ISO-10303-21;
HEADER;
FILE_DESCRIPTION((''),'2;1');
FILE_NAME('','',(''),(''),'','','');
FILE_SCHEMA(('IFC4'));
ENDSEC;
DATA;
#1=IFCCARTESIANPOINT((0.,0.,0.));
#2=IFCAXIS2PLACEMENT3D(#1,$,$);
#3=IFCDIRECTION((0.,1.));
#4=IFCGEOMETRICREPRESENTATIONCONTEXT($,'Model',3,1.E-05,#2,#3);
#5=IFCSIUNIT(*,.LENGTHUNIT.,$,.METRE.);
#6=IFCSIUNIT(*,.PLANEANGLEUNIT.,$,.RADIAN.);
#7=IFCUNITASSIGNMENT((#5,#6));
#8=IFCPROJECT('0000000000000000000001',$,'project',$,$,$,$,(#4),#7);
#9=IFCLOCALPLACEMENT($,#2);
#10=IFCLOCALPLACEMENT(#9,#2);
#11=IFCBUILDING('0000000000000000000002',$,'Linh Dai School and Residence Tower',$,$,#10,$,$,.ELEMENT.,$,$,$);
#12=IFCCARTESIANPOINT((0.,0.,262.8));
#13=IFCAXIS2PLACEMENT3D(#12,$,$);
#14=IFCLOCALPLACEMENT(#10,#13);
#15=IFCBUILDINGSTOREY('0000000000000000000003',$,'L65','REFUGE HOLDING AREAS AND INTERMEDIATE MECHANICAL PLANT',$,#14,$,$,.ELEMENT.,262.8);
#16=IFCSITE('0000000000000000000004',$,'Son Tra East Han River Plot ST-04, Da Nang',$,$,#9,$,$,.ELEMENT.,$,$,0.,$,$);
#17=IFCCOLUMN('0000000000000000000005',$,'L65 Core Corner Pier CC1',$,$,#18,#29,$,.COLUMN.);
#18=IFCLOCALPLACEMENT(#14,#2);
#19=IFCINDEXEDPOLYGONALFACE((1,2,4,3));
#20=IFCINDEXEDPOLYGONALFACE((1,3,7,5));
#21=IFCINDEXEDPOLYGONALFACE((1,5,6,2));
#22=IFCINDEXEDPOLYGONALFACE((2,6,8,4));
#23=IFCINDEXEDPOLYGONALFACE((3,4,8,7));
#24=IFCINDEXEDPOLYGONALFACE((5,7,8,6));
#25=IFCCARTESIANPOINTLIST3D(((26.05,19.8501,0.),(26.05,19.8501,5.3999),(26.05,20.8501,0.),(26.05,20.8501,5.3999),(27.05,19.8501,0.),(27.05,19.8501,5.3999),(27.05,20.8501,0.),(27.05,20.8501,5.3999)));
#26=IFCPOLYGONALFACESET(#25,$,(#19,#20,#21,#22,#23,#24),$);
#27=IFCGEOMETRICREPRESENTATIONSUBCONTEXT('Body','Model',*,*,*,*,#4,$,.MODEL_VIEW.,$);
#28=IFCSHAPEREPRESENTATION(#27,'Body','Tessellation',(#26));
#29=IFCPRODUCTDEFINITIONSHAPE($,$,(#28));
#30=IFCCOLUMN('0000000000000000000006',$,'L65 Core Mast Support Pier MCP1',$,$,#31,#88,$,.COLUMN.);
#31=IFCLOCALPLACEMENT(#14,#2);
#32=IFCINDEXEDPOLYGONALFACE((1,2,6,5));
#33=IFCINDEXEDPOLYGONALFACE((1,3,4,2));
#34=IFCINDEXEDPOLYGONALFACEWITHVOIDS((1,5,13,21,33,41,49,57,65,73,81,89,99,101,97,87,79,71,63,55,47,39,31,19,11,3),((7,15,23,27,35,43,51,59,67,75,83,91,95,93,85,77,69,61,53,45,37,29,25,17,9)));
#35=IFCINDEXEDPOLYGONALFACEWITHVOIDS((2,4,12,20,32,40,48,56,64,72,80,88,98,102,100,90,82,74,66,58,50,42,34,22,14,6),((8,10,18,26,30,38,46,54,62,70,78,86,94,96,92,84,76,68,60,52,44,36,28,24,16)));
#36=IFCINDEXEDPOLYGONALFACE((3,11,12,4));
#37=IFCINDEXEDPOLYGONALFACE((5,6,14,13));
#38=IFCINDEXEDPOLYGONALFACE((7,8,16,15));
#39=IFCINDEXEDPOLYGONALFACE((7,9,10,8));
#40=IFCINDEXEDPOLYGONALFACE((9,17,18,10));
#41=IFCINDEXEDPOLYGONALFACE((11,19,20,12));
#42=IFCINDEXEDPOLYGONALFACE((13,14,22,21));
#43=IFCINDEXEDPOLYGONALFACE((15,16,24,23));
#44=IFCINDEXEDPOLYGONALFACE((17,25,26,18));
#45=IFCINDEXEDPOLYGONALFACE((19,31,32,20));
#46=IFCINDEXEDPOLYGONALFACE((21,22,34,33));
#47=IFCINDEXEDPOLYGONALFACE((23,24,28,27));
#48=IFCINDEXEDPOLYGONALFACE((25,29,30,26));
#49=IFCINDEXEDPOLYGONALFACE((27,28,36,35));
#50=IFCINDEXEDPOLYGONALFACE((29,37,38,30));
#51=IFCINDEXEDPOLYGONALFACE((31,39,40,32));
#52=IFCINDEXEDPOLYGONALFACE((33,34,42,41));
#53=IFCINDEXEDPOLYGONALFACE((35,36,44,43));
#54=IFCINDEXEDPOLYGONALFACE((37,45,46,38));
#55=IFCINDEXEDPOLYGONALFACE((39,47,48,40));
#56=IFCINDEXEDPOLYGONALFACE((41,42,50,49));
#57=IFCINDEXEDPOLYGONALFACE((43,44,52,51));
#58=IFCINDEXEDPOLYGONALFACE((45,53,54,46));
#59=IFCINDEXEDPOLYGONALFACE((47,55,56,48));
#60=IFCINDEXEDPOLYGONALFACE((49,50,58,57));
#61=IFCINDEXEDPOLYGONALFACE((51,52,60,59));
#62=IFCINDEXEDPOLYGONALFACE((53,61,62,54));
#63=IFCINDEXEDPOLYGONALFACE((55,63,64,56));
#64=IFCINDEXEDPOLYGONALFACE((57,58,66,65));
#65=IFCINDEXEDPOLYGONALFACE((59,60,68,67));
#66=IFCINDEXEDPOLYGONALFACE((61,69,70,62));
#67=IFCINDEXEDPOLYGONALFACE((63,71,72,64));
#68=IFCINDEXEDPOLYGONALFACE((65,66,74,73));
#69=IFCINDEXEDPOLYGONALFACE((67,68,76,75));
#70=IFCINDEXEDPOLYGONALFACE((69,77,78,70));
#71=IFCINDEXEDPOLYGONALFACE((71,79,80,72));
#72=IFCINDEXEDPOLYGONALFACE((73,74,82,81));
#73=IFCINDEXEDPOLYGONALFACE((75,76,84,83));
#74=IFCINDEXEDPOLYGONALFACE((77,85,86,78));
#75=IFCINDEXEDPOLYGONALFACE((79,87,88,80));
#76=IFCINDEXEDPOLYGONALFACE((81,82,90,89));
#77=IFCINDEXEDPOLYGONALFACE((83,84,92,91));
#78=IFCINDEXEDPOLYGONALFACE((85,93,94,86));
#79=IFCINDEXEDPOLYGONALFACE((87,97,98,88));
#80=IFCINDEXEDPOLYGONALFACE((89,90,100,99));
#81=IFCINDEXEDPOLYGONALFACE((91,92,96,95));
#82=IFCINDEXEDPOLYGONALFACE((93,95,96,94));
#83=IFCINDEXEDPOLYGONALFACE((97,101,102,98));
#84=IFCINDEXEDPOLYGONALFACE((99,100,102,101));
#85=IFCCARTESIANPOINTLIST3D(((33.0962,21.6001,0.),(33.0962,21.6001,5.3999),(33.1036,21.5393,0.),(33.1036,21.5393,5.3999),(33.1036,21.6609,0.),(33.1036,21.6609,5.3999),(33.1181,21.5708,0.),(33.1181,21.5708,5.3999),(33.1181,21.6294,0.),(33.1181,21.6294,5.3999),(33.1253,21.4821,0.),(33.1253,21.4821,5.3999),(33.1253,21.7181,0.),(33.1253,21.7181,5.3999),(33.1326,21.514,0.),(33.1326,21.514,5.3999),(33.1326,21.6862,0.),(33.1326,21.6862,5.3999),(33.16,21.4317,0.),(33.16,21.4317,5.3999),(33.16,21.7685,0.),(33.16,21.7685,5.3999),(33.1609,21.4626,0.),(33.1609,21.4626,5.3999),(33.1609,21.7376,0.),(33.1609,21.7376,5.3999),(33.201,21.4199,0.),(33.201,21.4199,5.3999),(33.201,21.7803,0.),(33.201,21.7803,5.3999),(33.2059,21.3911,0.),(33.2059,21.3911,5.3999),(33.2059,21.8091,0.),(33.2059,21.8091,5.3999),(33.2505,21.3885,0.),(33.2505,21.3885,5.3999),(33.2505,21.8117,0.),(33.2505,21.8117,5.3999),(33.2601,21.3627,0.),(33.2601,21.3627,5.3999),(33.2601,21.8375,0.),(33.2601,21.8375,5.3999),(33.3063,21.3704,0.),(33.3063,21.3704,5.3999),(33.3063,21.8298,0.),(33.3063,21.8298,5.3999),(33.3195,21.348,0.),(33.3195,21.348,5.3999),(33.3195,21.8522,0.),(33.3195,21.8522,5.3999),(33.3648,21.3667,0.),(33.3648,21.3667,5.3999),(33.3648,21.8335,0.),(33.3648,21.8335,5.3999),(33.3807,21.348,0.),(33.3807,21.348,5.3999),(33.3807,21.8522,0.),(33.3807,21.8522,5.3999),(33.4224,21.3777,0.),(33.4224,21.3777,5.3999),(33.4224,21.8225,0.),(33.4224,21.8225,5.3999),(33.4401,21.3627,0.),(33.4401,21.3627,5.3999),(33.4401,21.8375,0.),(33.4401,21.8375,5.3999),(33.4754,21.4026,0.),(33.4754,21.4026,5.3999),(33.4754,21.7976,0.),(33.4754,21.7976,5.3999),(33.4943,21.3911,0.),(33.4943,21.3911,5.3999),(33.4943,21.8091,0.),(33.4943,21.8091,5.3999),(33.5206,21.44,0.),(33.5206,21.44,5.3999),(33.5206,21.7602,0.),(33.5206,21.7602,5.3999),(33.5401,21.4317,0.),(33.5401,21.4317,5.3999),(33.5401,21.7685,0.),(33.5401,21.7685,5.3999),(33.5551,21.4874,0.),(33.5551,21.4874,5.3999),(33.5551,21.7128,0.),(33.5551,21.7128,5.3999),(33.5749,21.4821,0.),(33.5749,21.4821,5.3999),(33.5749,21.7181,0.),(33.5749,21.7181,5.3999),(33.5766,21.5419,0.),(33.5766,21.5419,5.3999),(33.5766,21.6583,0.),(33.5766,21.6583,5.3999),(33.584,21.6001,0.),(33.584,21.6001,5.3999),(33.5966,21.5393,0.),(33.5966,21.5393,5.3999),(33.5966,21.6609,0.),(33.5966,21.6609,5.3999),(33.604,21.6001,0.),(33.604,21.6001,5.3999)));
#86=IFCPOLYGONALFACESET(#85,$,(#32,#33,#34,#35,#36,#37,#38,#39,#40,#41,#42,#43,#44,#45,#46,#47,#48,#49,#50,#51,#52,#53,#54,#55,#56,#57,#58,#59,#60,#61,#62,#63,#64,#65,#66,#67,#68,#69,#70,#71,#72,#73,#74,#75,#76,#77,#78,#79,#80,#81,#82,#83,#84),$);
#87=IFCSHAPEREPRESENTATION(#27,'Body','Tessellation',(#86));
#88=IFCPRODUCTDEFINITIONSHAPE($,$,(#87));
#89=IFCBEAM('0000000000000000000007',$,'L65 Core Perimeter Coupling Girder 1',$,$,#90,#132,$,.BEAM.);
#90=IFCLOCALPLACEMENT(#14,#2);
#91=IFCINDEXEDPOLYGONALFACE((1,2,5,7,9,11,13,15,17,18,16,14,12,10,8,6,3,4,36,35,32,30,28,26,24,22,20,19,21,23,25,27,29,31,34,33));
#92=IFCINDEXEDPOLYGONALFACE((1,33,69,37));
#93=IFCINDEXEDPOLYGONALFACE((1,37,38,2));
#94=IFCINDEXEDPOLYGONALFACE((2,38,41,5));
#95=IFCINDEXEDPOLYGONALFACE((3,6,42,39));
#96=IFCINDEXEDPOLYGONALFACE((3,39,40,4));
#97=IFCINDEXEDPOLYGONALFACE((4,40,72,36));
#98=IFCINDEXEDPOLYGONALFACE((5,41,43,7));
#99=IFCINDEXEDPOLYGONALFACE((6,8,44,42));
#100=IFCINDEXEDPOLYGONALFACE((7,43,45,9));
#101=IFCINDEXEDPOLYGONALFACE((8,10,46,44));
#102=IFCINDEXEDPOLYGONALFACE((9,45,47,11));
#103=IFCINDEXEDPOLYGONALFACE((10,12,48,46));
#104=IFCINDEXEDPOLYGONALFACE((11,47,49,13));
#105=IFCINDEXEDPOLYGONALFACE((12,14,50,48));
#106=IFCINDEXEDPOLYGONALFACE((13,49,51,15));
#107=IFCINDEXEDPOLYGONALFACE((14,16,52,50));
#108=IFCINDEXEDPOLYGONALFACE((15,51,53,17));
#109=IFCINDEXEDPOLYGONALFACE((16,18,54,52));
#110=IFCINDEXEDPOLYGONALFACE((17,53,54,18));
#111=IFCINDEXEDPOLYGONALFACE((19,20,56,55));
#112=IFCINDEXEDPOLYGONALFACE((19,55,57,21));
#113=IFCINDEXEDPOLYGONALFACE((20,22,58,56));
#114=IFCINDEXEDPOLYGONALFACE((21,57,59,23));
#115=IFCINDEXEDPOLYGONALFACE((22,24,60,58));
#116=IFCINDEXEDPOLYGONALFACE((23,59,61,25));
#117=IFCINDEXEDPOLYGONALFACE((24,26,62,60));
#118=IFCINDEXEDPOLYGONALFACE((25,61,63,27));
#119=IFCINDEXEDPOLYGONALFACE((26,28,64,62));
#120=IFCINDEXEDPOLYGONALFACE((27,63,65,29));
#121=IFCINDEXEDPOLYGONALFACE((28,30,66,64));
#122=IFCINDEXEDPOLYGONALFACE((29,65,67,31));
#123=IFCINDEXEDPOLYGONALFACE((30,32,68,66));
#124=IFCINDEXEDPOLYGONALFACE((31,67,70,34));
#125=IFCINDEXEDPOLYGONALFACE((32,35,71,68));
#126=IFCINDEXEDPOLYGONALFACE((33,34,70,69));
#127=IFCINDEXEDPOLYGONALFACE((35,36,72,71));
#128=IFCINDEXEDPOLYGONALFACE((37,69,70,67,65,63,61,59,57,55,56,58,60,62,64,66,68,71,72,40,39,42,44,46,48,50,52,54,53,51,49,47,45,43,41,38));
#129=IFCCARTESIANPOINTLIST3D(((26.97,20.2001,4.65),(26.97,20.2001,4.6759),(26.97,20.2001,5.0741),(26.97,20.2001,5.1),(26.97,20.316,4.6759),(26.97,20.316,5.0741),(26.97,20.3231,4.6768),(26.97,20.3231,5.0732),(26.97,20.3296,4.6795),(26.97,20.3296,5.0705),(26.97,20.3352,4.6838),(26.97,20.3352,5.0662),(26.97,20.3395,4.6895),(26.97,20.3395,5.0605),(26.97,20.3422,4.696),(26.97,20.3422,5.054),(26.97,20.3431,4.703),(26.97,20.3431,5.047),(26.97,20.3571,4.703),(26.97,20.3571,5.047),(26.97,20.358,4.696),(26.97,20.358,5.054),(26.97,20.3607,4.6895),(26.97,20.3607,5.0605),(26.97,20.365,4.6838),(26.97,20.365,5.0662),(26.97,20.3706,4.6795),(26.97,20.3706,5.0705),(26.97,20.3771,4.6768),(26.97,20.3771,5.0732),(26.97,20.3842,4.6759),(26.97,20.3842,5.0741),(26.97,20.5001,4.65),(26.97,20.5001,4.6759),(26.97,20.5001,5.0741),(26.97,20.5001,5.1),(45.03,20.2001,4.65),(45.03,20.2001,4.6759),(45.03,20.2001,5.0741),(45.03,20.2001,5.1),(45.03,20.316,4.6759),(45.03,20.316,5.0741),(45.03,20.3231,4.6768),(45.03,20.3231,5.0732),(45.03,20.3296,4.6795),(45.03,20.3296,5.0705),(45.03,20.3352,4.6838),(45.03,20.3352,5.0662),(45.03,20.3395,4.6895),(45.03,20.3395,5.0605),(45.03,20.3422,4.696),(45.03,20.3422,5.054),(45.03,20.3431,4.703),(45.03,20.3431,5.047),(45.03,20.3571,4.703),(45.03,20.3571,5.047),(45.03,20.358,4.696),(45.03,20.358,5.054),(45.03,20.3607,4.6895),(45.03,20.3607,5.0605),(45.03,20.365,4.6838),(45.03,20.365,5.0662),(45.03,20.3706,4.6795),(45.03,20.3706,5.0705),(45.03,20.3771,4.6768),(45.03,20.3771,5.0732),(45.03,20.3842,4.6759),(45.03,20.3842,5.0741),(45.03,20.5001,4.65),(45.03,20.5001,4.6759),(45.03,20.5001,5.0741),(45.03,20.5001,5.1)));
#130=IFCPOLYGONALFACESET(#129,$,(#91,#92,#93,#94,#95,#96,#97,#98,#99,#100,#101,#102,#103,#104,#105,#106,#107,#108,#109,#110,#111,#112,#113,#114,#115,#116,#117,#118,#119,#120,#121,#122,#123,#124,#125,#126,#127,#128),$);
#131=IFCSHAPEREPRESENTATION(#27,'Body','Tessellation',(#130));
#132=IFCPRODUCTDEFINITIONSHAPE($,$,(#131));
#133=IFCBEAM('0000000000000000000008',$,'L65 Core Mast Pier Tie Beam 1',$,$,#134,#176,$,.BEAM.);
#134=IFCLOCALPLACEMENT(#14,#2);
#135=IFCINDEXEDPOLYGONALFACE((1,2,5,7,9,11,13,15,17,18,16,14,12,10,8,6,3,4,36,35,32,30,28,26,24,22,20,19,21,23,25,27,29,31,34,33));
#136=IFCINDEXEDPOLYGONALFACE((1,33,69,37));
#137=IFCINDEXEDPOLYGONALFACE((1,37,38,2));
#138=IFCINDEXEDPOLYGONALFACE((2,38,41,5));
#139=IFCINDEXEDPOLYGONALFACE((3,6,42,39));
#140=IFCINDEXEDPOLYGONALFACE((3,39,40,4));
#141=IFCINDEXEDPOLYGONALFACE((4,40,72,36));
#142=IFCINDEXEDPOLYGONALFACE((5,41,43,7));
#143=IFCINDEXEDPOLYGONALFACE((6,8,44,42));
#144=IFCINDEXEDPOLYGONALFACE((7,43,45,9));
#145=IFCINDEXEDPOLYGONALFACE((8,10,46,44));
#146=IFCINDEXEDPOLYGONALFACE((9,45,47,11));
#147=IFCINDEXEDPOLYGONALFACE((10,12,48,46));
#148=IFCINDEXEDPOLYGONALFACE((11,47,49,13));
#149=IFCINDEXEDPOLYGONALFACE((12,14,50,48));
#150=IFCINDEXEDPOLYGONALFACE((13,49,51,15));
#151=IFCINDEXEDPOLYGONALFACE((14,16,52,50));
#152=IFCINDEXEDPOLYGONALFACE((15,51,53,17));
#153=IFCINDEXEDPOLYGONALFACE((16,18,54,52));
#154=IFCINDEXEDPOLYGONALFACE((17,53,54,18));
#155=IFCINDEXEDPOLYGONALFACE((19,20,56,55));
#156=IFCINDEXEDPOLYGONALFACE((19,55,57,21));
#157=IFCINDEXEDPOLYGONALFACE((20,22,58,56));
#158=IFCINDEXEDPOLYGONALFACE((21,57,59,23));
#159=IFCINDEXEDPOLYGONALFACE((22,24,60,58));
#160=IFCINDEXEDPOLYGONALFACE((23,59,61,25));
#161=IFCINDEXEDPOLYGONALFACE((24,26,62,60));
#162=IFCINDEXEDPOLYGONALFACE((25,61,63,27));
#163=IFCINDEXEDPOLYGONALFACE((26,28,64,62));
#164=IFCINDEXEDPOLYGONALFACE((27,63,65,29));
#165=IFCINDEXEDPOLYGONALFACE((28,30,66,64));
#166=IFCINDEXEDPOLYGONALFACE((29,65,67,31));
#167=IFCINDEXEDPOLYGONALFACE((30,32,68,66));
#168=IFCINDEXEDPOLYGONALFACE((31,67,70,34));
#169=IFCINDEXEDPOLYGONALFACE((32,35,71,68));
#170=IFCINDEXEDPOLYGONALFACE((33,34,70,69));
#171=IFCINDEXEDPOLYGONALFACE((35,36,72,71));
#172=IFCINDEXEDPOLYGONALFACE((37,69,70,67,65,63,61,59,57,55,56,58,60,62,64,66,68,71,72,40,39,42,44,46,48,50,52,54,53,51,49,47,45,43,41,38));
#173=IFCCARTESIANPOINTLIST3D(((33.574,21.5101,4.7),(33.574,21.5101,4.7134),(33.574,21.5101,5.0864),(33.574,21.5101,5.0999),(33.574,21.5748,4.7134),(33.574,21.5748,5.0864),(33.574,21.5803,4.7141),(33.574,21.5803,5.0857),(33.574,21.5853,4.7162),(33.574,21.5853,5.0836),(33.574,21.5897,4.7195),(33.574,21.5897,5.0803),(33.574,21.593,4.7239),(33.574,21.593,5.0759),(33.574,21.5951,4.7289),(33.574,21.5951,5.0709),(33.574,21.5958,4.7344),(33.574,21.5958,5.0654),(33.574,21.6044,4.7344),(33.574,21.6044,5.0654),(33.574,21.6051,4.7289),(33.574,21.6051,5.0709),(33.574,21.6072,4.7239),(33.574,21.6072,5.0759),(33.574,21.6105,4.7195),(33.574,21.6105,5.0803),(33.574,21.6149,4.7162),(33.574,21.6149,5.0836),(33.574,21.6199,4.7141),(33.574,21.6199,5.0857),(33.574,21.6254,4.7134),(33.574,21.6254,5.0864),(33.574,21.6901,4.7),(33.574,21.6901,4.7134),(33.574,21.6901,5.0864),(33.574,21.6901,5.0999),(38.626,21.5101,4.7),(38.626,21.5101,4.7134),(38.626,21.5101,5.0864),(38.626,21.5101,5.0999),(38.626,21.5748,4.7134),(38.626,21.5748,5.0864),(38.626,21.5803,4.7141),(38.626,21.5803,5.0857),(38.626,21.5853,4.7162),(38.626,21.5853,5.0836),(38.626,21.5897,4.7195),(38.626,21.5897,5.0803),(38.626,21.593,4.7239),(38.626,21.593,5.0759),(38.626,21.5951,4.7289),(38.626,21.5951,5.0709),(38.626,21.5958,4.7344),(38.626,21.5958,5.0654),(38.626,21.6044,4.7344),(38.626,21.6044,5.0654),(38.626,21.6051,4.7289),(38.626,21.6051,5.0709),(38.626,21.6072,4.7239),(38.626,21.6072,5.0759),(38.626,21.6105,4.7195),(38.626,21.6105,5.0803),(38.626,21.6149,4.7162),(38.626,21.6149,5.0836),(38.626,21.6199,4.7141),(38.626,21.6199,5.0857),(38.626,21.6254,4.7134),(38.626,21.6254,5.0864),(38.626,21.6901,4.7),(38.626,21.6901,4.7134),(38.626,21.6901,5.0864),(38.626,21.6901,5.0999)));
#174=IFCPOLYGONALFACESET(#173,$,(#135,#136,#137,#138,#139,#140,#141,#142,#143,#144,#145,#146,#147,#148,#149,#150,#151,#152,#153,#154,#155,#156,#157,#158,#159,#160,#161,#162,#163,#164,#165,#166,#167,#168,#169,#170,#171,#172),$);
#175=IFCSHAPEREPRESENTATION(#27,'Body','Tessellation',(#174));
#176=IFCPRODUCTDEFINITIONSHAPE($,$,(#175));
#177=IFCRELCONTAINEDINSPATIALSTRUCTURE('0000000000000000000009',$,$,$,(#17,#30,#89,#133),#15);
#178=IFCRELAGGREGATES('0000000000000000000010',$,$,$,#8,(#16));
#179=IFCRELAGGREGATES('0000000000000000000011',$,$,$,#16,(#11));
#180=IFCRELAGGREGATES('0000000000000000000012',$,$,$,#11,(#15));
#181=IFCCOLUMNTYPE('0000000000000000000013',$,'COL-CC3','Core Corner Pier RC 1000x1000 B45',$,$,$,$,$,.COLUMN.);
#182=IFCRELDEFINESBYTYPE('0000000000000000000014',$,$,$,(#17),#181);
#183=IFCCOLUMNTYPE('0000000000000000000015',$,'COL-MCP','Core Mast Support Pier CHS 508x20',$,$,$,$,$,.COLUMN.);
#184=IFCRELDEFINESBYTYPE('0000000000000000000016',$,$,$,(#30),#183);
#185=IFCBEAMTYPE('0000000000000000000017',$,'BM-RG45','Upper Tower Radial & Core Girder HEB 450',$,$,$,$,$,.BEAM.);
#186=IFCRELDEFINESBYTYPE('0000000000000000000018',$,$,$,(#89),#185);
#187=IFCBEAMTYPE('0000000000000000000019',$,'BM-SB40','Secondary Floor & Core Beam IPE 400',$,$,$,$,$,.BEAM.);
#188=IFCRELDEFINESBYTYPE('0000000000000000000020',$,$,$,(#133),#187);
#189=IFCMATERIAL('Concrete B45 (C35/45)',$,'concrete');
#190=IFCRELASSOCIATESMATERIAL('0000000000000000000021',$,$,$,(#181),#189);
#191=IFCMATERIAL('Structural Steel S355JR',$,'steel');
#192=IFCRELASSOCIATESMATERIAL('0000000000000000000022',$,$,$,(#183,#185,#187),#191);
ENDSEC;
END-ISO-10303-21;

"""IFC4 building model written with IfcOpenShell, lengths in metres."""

from ifc_helpers import new_model, si_unit, direction, frame, origin, origin_2d, place, context, subcontext, project, spatial, rectangle, hollow_circle, i_section, extrude, material, material_profile, profile_set, type_object, element, save


model = new_model("IFC4")

# Units and contexts
model_context = context("Model", 3, precision=1e-05, world=origin(), true_north=direction((0.0, 1.0)))
body_context = subcontext(model_context, "Body", "Model", "MODEL_VIEW")
ifc_project = project(units=[si_unit("LENGTHUNIT", "METRE"), si_unit("PLANEANGLEUNIT", "RADIAN")], contexts=[model_context])

# Site, building, storey
site_placement = place(None, origin())
site = spatial("IfcSite", under=ifc_project, at=site_placement, Name="Son Tra East Han River Plot ST-04, Da Nang", CompositionType="ELEMENT", RefElevation=0.0)
building_placement = place(site_placement, origin())
building = spatial("IfcBuilding", under=site, at=building_placement, Name="Linh Dai School and Residence Tower", CompositionType="ELEMENT")
storey_placement = place(building_placement, frame((0.0, 0.0, 262.8)))
storey = spatial("IfcBuildingStorey", under=building, at=storey_placement, Name="L65", Description="REFUGE HOLDING AREAS AND INTERMEDIATE MECHANICAL PLANT", CompositionType="ELEMENT", Elevation=262.8)

# Columns
ifc_material_1 = material(Name="Concrete B45 (C35/45)", Category="concrete")
ifc_material_profile_1 = material_profile(ifc_material_1, rectangle(XDim=1.0, YDim=1.0, at=origin_2d()), Name="RC 1000x1000")
ifc_profile_set_1 = profile_set([ifc_material_profile_1], Name="Concrete B45 (C35/45)")
column_type_1 = type_object("IfcColumnType", Name="COL-CC3", Description="Core Corner Pier RC 1000x1000 B45", PredefinedType="COLUMN", material=ifc_profile_set_1)
column_1_placement = place(storey_placement, frame((26.55, 20.3501, 0.0), z_axis=(0.0, 0.0, 1.0), x_axis=(1.0, 0.0, 0.0)))
element("IfcColumn", 1, at=column_1_placement, inside=storey, type_object=column_type_1, Name="L65 Core Corner Pier CC1", PredefinedType="COLUMN", context=body_context, shape_type="SweptSolid", body=[
    extrude(rectangle(XDim=1.0, YDim=1.0, at=origin_2d()), origin(), (0.0, 0.0, 1.0), 5.3999),
])
ifc_material_2 = material(Name="Structural Steel S355JR", Category="steel")
ifc_material_profile_2 = material_profile(ifc_material_2, hollow_circle(Radius=0.2539, WallThickness=0.02, at=origin_2d()), Name="CHS 508x20")
ifc_profile_set_2 = profile_set([ifc_material_profile_2], Name="Structural Steel S355JR")
column_type_2 = type_object("IfcColumnType", Name="COL-MCP", Description="Core Mast Support Pier CHS 508x20", PredefinedType="COLUMN", material=ifc_profile_set_2)
column_2_placement = place(storey_placement, frame((33.3501, 21.6001, 0.0), z_axis=(0.0, 0.0, 1.0), x_axis=(1.0, 0.0, 0.0)))
element("IfcColumn", 2, at=column_2_placement, inside=storey, type_object=column_type_2, Name="L65 Core Mast Support Pier MCP1", PredefinedType="COLUMN", context=body_context, shape_type="SweptSolid", body=[
    extrude(hollow_circle(Radius=0.2539, WallThickness=0.02, at=origin_2d()), origin(), (0.0, 0.0, 1.0), 5.3999),
])

# Beams
ifc_material_profile_3 = material_profile(ifc_material_2, i_section(OverallWidth=0.3, OverallDepth=0.45, WebThickness=0.0139, FlangeThickness=0.0259, FilletRadius=0.0271, at=origin_2d()), Name="HEB 450")
ifc_profile_set_3 = profile_set([ifc_material_profile_3], Name="Structural Steel S355JR")
beam_type_1 = type_object("IfcBeamType", Name="BM-RG45", Description="Upper Tower Radial & Core Girder HEB 450", PredefinedType="BEAM", material=ifc_profile_set_3)
beam_1_placement = place(storey_placement, frame((26.97, 20.3501, 4.875), z_axis=(1.0, 0.0, 0.0), x_axis=(0.0, 1.0, 0.0)))
element("IfcBeam", 3, at=beam_1_placement, inside=storey, type_object=beam_type_1, Name="L65 Core Perimeter Coupling Girder 1", PredefinedType="BEAM", context=body_context, shape_type="SweptSolid", body=[
    extrude(i_section(OverallWidth=0.3, OverallDepth=0.45, WebThickness=0.0139, FlangeThickness=0.0259, FilletRadius=0.0271, at=origin_2d()), origin(), (0.0, 0.0, 1.0), 18.0601),
])
ifc_material_profile_4 = material_profile(ifc_material_2, i_section(OverallWidth=0.1799, OverallDepth=0.3999, WebThickness=0.0085, FlangeThickness=0.0134, FilletRadius=0.021, at=origin_2d()), Name="IPE 400")
ifc_profile_set_4 = profile_set([ifc_material_profile_4], Name="Structural Steel S355JR")
beam_type_2 = type_object("IfcBeamType", Name="BM-SB40", Description="Secondary Floor & Core Beam IPE 400", PredefinedType="BEAM", material=ifc_profile_set_4)
beam_2_placement = place(storey_placement, frame((33.574, 21.6001, 4.8999), z_axis=(1.0, 0.0, 0.0), x_axis=(0.0, 1.0, 0.0)))
element("IfcBeam", 4, at=beam_2_placement, inside=storey, type_object=beam_type_2, Name="L65 Core Mast Pier Tie Beam 1", PredefinedType="BEAM", context=body_context, shape_type="SweptSolid", body=[
    extrude(i_section(OverallWidth=0.1799, OverallDepth=0.3999, WebThickness=0.0085, FlangeThickness=0.0134, FilletRadius=0.021, at=origin_2d()), origin(), (0.0, 0.0, 1.0), 5.052),
])

save(model, "model.ifc")
